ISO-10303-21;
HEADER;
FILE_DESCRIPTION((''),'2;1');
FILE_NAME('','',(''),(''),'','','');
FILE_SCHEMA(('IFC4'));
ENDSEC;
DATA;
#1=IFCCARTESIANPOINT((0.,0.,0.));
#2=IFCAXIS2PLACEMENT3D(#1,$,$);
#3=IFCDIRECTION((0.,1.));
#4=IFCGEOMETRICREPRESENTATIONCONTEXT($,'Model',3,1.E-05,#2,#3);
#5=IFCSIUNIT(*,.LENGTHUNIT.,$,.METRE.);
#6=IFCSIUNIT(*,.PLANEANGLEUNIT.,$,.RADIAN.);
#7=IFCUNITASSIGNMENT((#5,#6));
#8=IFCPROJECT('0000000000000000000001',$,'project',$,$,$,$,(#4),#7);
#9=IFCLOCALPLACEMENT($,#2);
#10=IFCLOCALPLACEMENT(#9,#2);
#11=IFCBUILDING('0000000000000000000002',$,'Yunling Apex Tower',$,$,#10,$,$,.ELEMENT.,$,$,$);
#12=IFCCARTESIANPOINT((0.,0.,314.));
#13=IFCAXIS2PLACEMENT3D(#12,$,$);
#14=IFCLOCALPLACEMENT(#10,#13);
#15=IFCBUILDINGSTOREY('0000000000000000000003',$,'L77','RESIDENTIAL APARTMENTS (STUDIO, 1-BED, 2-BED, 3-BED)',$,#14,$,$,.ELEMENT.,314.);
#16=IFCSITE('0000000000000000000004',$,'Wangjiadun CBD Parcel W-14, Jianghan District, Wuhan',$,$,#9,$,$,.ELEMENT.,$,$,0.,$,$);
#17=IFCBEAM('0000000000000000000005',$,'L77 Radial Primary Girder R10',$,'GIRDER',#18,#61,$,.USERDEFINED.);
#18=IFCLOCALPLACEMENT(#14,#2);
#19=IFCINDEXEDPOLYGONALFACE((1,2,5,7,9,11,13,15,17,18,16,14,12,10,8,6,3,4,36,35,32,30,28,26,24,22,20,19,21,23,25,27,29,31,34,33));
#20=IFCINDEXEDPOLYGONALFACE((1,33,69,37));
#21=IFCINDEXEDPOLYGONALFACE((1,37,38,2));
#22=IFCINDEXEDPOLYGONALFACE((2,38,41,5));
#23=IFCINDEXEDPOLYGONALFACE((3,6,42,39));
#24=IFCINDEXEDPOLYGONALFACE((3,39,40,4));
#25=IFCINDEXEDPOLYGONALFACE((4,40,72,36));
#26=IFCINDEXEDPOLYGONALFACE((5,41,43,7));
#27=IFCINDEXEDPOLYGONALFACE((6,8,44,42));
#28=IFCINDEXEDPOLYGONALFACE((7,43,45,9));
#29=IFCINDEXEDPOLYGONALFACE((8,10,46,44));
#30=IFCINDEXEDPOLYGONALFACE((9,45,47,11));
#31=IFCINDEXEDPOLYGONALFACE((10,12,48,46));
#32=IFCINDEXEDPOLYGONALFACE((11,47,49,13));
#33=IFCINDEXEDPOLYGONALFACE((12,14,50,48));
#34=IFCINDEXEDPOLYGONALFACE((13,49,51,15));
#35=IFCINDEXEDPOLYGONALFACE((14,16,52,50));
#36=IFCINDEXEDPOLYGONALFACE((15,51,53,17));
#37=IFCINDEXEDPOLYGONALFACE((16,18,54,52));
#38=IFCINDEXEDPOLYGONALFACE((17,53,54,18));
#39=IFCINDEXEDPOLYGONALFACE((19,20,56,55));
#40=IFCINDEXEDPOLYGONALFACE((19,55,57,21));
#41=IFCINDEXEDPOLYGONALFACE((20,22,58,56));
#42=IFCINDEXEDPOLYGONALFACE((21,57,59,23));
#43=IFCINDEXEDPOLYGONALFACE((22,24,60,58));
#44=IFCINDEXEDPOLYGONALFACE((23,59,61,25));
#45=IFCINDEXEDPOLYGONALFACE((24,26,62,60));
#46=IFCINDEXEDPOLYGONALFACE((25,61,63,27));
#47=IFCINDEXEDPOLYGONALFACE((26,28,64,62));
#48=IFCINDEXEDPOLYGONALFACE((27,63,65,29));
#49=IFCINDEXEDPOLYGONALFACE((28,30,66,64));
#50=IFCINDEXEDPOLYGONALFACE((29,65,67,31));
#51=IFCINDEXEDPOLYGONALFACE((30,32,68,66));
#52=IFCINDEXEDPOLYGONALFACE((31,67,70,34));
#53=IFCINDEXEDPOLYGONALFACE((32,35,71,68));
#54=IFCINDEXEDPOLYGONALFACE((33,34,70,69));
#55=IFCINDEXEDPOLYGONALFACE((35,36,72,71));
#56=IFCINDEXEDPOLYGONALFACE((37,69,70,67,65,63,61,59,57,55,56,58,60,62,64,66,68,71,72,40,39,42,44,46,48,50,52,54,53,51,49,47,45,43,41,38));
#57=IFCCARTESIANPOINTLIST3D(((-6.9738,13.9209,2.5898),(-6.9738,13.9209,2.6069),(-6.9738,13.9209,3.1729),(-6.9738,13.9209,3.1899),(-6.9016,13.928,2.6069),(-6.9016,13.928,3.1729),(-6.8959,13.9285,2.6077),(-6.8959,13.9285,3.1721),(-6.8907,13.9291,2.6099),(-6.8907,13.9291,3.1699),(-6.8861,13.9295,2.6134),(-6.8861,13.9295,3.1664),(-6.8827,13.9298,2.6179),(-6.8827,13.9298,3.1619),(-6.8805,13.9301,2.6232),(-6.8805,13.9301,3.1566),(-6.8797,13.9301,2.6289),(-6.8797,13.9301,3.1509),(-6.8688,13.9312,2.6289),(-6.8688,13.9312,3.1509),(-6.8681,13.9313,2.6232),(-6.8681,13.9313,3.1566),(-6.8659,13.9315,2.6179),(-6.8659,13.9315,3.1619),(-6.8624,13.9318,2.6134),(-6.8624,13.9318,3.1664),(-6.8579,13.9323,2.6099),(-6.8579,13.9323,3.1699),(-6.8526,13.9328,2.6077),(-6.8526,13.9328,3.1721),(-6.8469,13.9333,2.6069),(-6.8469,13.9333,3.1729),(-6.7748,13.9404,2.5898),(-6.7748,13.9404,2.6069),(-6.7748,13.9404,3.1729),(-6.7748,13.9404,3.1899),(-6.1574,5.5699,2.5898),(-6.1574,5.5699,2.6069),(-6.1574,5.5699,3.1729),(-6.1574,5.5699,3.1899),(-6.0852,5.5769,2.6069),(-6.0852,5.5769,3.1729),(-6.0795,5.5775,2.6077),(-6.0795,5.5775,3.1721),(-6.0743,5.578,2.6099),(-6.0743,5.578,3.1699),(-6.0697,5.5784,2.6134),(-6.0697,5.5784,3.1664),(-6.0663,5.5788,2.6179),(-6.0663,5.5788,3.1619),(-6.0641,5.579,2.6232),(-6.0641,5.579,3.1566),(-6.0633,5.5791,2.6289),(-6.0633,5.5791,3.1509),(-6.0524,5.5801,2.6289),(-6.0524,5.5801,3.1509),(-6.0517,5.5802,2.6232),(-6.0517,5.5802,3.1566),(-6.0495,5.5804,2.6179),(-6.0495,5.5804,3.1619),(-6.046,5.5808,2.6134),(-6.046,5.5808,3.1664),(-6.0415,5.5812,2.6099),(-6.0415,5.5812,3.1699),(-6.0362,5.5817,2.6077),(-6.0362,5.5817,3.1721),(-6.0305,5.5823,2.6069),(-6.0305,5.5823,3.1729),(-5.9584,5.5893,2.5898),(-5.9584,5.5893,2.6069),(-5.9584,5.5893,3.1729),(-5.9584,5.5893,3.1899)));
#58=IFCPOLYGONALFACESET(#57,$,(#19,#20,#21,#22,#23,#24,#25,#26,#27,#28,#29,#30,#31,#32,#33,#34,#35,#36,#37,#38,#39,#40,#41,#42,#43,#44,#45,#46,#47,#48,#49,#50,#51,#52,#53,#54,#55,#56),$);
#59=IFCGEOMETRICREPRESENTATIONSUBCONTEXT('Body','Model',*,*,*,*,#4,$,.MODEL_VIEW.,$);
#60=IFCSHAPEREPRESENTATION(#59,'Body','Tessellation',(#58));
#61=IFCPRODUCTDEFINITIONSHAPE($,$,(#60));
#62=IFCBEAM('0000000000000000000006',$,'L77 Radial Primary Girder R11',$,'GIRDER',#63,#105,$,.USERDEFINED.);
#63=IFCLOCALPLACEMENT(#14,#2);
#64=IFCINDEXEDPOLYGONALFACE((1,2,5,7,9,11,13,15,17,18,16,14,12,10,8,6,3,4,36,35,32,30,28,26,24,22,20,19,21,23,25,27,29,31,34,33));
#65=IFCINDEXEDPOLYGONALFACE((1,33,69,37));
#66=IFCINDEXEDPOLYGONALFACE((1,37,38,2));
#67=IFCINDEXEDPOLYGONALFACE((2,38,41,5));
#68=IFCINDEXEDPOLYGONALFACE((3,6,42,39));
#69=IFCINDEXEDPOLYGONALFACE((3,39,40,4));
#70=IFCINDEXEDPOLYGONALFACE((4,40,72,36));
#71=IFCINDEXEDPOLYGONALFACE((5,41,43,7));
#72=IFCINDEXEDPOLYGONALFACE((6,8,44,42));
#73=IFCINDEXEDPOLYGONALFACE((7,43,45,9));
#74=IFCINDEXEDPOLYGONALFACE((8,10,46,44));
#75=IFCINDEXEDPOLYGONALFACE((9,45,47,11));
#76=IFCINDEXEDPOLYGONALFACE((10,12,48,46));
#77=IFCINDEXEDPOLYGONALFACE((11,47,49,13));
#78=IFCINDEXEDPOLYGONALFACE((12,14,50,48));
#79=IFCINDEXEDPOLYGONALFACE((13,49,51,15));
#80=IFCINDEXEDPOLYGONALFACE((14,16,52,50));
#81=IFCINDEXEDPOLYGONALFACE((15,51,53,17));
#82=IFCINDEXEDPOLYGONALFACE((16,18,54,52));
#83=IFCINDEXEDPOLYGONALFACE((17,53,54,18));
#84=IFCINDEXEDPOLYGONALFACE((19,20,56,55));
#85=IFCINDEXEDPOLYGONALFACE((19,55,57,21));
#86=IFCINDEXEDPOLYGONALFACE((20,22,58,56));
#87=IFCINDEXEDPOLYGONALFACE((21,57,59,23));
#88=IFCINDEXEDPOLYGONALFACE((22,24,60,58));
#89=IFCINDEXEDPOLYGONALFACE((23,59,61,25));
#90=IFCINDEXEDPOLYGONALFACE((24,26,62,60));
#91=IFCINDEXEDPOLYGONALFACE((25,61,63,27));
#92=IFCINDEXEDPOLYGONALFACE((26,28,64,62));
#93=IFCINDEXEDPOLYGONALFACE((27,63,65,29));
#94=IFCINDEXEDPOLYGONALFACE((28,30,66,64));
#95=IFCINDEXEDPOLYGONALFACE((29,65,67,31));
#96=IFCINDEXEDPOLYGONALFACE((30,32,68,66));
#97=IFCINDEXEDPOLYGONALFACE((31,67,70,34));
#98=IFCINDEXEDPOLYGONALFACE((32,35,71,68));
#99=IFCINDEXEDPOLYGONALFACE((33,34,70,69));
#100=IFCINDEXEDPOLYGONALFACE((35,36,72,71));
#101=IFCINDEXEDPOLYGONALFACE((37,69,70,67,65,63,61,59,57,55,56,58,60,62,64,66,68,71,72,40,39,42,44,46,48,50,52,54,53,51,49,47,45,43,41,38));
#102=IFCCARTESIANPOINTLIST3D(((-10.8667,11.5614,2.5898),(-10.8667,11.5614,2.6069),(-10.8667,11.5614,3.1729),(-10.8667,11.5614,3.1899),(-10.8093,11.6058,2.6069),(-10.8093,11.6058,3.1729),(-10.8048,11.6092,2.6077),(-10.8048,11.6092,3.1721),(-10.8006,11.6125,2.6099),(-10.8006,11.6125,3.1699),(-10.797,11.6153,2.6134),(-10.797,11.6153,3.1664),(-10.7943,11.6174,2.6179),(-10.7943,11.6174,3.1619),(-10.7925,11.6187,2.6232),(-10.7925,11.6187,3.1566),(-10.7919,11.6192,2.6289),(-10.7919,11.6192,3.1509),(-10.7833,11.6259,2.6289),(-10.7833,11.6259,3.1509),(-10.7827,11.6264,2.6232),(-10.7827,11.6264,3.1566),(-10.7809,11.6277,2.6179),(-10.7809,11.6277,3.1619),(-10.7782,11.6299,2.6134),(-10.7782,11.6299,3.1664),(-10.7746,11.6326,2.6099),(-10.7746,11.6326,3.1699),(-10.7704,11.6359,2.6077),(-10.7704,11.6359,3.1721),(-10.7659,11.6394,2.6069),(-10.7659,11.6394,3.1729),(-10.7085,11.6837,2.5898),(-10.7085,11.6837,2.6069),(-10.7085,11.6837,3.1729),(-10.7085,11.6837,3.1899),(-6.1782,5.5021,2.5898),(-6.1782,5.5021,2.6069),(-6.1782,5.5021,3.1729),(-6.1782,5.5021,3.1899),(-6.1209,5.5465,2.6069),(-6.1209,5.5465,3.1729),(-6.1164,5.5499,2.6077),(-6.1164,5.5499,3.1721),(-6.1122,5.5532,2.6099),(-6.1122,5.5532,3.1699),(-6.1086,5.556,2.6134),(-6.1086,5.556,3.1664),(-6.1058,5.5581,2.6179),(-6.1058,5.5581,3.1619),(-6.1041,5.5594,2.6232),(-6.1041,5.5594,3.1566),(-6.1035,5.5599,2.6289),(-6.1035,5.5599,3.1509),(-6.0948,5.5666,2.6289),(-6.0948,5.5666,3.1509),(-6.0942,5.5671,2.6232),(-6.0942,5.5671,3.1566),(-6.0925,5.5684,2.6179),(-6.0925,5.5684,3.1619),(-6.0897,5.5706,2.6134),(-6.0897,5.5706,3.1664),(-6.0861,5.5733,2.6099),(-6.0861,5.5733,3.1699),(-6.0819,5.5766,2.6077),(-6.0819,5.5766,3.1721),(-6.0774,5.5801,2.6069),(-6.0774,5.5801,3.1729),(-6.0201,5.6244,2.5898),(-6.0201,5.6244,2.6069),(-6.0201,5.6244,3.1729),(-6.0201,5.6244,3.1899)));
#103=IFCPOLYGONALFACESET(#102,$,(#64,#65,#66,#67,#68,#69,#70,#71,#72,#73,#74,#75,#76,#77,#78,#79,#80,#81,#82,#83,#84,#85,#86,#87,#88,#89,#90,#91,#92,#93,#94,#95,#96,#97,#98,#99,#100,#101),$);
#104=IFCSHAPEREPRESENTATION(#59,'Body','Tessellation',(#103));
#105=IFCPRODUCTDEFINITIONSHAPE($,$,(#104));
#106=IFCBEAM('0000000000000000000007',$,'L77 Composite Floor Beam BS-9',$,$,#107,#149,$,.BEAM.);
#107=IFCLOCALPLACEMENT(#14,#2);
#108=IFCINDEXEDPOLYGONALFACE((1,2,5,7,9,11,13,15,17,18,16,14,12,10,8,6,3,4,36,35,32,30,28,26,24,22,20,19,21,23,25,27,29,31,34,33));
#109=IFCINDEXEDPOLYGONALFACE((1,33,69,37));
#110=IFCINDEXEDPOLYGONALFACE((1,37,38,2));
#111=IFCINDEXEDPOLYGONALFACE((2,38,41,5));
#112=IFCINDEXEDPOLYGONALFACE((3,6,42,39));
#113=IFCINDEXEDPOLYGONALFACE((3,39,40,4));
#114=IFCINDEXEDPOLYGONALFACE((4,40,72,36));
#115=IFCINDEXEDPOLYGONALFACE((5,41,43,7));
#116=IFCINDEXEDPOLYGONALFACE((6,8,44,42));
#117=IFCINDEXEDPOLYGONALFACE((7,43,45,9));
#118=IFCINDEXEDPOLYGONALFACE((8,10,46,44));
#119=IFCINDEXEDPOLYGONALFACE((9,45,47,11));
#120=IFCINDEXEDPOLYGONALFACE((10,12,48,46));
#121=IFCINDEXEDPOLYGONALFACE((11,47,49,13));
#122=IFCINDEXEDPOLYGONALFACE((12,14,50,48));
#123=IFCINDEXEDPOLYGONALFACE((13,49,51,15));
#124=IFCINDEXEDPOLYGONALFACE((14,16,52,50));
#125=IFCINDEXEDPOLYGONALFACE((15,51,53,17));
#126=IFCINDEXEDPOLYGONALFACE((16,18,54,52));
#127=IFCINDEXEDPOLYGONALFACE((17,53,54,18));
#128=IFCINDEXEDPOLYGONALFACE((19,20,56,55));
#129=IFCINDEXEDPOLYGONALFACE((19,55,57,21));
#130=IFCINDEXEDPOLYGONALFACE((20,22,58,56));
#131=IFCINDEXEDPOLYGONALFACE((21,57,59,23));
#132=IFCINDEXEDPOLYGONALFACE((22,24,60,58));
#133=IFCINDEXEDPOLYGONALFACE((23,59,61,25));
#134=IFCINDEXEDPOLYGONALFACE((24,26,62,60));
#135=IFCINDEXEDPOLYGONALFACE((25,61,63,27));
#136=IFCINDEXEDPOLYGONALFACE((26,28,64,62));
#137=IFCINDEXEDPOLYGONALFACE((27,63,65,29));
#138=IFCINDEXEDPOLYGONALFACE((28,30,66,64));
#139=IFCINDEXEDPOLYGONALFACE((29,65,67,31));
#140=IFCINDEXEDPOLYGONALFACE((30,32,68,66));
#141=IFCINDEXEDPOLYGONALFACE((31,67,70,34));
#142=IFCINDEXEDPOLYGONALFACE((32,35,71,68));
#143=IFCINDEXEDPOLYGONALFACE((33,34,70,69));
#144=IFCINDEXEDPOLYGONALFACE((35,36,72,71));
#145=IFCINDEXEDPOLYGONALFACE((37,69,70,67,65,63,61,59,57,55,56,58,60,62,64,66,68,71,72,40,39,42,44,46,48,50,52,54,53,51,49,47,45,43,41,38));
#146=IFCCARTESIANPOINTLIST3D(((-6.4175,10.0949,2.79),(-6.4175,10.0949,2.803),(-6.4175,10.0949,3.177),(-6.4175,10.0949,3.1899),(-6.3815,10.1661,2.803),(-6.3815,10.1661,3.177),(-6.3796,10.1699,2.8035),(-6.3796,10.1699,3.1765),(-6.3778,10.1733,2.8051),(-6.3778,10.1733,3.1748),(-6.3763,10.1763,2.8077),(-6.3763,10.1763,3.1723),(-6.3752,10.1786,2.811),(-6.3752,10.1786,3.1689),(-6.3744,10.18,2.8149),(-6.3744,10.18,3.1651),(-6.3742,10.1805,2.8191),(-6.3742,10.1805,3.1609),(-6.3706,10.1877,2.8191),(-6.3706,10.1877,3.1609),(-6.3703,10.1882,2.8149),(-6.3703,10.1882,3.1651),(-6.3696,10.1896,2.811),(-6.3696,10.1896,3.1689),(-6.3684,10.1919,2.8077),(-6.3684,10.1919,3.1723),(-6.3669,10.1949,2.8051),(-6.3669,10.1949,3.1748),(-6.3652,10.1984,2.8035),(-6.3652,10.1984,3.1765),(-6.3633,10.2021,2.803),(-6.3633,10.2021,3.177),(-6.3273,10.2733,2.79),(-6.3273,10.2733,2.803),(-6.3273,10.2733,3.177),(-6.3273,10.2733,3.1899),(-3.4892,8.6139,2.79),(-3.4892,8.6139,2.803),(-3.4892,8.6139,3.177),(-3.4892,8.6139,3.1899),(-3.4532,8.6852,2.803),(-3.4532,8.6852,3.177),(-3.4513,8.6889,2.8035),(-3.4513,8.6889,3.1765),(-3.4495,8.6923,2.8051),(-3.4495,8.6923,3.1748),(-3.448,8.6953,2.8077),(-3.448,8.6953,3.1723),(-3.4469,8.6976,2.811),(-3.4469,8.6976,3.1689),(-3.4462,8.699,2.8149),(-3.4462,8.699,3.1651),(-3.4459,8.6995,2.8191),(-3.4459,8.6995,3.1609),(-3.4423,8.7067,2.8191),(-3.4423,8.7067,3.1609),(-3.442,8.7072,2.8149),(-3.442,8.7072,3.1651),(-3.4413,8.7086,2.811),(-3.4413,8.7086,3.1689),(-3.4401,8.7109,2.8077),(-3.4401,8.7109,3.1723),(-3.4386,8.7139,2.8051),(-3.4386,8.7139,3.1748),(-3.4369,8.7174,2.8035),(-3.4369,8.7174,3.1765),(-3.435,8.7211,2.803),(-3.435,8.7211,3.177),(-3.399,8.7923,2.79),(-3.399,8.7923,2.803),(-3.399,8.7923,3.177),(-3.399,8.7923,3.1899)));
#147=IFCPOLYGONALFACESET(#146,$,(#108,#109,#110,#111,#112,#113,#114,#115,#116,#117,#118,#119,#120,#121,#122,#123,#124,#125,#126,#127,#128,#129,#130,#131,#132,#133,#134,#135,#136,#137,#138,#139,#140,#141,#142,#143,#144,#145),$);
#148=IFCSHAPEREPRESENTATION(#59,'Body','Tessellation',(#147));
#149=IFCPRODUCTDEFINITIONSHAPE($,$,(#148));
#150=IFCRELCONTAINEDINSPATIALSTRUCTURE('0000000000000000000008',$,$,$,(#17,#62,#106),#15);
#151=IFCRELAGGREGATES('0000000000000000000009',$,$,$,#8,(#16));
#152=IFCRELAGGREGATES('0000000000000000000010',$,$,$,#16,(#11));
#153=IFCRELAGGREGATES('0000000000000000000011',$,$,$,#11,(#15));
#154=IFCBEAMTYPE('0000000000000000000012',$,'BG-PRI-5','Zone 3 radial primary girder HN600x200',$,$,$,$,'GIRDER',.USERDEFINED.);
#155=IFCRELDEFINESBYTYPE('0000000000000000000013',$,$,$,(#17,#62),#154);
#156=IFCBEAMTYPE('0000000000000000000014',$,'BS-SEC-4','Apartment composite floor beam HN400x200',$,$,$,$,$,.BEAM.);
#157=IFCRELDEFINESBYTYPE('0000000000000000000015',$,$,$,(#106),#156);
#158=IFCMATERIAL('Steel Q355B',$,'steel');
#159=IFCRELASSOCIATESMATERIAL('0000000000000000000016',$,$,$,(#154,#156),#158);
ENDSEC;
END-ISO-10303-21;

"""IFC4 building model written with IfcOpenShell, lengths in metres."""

from ifc_helpers import new_model, si_unit, direction, frame, origin, origin_2d, place, context, subcontext, project, spatial, i_section, extrude, source, transform, mapped, material, material_profile, profile_set, type_object, element, save


model = new_model("IFC4")

# Units and contexts
model_context = context("Model", 3, precision=1e-05, world=origin(), true_north=direction((0.0, 1.0)))
body_context = subcontext(model_context, "Body", "Model", "MODEL_VIEW")
ifc_project = project(units=[si_unit("LENGTHUNIT", "METRE"), si_unit("PLANEANGLEUNIT", "RADIAN")], contexts=[model_context])

# Site, building, storey
site_placement = place(None, origin())
site = spatial("IfcSite", under=ifc_project, at=site_placement, Name="Wangjiadun CBD Parcel W-14, Jianghan District, Wuhan", CompositionType="ELEMENT", RefElevation=0.0)
building_placement = place(site_placement, origin())
building = spatial("IfcBuilding", under=site, at=building_placement, Name="Yunling Apex Tower", CompositionType="ELEMENT")
storey_placement = place(building_placement, frame((0.0, 0.0, 314.0)))
storey = spatial("IfcBuildingStorey", under=building, at=storey_placement, Name="L77", Description="RESIDENTIAL APARTMENTS (STUDIO, 1-BED, 2-BED, 3-BED)", CompositionType="ELEMENT", Elevation=314.0)

# Shared definitions
ifc_material_1 = material(Name="Steel Q355B", Category="steel")

# Beams
ifc_material_profile_1 = material_profile(ifc_material_1, i_section(OverallWidth=0.2, OverallDepth=0.6001, WebThickness=0.011, FlangeThickness=0.0171, FilletRadius=0.022, at=origin_2d()))
ifc_profile_set_1 = profile_set([ifc_material_profile_1], Name="Steel Q355B")
beam_type_1 = type_object("IfcBeamType", Name="BG-PRI-5", Description="Zone 3 radial primary girder HN600x200", ElementType="GIRDER", PredefinedType="USERDEFINED", material=ifc_profile_set_1)
shared_shape_1 = source(origin(), body_context, "Body", "SweptSolid", [
    extrude(i_section(OverallWidth=0.2, OverallDepth=0.6001, WebThickness=0.011, FlangeThickness=0.0171, FilletRadius=0.022, at=origin_2d()), origin(), (0.0, 0.0, 1.0), 8.3909),
])
beam_1_placement = place(storey_placement, frame((-6.8743, 13.9307, 2.8899), z_axis=(0.097297, -0.995255, 0.0), x_axis=(0.995255, 0.097297, 0.0)))
element("IfcBeam", 1, at=beam_1_placement, inside=storey, type_object=beam_type_1, Name="L77 Radial Primary Girder R10", ObjectType="GIRDER", PredefinedType="USERDEFINED", context=body_context, shape_type="MappedRepresentation", body=[
    mapped(shared_shape_1, transform((0.0, 0.0, 0.0), scale=1.0)),
])
shared_shape_2 = source(origin(), body_context, "Body", "SweptSolid", [
    extrude(i_section(OverallWidth=0.2, OverallDepth=0.6001, WebThickness=0.011, FlangeThickness=0.0171, FilletRadius=0.022, at=origin_2d()), origin(), (0.0, 0.0, 1.0), 7.6614),
])
beam_2_placement = place(storey_placement, frame((-10.7876, 11.6226, 2.8899), z_axis=(0.61196, -0.790889, 0.0), x_axis=(0.790889, 0.61196, 0.0)))
element("IfcBeam", 2, at=beam_2_placement, inside=storey, type_object=beam_type_1, Name="L77 Radial Primary Girder R11", ObjectType="GIRDER", PredefinedType="USERDEFINED", context=body_context, shape_type="MappedRepresentation", body=[
    mapped(shared_shape_2, transform((0.0, 0.0, 0.0), scale=1.0)),
])
ifc_material_profile_2 = material_profile(ifc_material_1, i_section(OverallWidth=0.2, OverallDepth=0.3999, WebThickness=0.0081, FlangeThickness=0.0129, FilletRadius=0.0161, at=origin_2d()))
ifc_profile_set_2 = profile_set([ifc_material_profile_2], Name="Steel Q355B")
beam_type_2 = type_object("IfcBeamType", Name="BS-SEC-4", Description="Apartment composite floor beam HN400x200", PredefinedType="BEAM", material=ifc_profile_set_2)
shared_shape_3 = source(origin(), body_context, "Body", "SweptSolid", [
    extrude(i_section(OverallWidth=0.2, OverallDepth=0.3999, WebThickness=0.0081, FlangeThickness=0.0129, FilletRadius=0.0161, at=origin_2d()), origin(), (0.0, 0.0, 1.0), 3.2815),
])
beam_3_placement = place(storey_placement, frame((-3.4441, 8.7031, 2.99), z_axis=(-0.892364, 0.451316, 0.0), x_axis=(-0.451316, -0.892364, 0.0)))
element("IfcBeam", 3, at=beam_3_placement, inside=storey, type_object=beam_type_2, Name="L77 Composite Floor Beam BS-9", PredefinedType="BEAM", context=body_context, shape_type="MappedRepresentation", body=[
    mapped(shared_shape_3, transform((0.0, 0.0, 0.0), scale=1.0)),
])

save(model, "model.ifc")
